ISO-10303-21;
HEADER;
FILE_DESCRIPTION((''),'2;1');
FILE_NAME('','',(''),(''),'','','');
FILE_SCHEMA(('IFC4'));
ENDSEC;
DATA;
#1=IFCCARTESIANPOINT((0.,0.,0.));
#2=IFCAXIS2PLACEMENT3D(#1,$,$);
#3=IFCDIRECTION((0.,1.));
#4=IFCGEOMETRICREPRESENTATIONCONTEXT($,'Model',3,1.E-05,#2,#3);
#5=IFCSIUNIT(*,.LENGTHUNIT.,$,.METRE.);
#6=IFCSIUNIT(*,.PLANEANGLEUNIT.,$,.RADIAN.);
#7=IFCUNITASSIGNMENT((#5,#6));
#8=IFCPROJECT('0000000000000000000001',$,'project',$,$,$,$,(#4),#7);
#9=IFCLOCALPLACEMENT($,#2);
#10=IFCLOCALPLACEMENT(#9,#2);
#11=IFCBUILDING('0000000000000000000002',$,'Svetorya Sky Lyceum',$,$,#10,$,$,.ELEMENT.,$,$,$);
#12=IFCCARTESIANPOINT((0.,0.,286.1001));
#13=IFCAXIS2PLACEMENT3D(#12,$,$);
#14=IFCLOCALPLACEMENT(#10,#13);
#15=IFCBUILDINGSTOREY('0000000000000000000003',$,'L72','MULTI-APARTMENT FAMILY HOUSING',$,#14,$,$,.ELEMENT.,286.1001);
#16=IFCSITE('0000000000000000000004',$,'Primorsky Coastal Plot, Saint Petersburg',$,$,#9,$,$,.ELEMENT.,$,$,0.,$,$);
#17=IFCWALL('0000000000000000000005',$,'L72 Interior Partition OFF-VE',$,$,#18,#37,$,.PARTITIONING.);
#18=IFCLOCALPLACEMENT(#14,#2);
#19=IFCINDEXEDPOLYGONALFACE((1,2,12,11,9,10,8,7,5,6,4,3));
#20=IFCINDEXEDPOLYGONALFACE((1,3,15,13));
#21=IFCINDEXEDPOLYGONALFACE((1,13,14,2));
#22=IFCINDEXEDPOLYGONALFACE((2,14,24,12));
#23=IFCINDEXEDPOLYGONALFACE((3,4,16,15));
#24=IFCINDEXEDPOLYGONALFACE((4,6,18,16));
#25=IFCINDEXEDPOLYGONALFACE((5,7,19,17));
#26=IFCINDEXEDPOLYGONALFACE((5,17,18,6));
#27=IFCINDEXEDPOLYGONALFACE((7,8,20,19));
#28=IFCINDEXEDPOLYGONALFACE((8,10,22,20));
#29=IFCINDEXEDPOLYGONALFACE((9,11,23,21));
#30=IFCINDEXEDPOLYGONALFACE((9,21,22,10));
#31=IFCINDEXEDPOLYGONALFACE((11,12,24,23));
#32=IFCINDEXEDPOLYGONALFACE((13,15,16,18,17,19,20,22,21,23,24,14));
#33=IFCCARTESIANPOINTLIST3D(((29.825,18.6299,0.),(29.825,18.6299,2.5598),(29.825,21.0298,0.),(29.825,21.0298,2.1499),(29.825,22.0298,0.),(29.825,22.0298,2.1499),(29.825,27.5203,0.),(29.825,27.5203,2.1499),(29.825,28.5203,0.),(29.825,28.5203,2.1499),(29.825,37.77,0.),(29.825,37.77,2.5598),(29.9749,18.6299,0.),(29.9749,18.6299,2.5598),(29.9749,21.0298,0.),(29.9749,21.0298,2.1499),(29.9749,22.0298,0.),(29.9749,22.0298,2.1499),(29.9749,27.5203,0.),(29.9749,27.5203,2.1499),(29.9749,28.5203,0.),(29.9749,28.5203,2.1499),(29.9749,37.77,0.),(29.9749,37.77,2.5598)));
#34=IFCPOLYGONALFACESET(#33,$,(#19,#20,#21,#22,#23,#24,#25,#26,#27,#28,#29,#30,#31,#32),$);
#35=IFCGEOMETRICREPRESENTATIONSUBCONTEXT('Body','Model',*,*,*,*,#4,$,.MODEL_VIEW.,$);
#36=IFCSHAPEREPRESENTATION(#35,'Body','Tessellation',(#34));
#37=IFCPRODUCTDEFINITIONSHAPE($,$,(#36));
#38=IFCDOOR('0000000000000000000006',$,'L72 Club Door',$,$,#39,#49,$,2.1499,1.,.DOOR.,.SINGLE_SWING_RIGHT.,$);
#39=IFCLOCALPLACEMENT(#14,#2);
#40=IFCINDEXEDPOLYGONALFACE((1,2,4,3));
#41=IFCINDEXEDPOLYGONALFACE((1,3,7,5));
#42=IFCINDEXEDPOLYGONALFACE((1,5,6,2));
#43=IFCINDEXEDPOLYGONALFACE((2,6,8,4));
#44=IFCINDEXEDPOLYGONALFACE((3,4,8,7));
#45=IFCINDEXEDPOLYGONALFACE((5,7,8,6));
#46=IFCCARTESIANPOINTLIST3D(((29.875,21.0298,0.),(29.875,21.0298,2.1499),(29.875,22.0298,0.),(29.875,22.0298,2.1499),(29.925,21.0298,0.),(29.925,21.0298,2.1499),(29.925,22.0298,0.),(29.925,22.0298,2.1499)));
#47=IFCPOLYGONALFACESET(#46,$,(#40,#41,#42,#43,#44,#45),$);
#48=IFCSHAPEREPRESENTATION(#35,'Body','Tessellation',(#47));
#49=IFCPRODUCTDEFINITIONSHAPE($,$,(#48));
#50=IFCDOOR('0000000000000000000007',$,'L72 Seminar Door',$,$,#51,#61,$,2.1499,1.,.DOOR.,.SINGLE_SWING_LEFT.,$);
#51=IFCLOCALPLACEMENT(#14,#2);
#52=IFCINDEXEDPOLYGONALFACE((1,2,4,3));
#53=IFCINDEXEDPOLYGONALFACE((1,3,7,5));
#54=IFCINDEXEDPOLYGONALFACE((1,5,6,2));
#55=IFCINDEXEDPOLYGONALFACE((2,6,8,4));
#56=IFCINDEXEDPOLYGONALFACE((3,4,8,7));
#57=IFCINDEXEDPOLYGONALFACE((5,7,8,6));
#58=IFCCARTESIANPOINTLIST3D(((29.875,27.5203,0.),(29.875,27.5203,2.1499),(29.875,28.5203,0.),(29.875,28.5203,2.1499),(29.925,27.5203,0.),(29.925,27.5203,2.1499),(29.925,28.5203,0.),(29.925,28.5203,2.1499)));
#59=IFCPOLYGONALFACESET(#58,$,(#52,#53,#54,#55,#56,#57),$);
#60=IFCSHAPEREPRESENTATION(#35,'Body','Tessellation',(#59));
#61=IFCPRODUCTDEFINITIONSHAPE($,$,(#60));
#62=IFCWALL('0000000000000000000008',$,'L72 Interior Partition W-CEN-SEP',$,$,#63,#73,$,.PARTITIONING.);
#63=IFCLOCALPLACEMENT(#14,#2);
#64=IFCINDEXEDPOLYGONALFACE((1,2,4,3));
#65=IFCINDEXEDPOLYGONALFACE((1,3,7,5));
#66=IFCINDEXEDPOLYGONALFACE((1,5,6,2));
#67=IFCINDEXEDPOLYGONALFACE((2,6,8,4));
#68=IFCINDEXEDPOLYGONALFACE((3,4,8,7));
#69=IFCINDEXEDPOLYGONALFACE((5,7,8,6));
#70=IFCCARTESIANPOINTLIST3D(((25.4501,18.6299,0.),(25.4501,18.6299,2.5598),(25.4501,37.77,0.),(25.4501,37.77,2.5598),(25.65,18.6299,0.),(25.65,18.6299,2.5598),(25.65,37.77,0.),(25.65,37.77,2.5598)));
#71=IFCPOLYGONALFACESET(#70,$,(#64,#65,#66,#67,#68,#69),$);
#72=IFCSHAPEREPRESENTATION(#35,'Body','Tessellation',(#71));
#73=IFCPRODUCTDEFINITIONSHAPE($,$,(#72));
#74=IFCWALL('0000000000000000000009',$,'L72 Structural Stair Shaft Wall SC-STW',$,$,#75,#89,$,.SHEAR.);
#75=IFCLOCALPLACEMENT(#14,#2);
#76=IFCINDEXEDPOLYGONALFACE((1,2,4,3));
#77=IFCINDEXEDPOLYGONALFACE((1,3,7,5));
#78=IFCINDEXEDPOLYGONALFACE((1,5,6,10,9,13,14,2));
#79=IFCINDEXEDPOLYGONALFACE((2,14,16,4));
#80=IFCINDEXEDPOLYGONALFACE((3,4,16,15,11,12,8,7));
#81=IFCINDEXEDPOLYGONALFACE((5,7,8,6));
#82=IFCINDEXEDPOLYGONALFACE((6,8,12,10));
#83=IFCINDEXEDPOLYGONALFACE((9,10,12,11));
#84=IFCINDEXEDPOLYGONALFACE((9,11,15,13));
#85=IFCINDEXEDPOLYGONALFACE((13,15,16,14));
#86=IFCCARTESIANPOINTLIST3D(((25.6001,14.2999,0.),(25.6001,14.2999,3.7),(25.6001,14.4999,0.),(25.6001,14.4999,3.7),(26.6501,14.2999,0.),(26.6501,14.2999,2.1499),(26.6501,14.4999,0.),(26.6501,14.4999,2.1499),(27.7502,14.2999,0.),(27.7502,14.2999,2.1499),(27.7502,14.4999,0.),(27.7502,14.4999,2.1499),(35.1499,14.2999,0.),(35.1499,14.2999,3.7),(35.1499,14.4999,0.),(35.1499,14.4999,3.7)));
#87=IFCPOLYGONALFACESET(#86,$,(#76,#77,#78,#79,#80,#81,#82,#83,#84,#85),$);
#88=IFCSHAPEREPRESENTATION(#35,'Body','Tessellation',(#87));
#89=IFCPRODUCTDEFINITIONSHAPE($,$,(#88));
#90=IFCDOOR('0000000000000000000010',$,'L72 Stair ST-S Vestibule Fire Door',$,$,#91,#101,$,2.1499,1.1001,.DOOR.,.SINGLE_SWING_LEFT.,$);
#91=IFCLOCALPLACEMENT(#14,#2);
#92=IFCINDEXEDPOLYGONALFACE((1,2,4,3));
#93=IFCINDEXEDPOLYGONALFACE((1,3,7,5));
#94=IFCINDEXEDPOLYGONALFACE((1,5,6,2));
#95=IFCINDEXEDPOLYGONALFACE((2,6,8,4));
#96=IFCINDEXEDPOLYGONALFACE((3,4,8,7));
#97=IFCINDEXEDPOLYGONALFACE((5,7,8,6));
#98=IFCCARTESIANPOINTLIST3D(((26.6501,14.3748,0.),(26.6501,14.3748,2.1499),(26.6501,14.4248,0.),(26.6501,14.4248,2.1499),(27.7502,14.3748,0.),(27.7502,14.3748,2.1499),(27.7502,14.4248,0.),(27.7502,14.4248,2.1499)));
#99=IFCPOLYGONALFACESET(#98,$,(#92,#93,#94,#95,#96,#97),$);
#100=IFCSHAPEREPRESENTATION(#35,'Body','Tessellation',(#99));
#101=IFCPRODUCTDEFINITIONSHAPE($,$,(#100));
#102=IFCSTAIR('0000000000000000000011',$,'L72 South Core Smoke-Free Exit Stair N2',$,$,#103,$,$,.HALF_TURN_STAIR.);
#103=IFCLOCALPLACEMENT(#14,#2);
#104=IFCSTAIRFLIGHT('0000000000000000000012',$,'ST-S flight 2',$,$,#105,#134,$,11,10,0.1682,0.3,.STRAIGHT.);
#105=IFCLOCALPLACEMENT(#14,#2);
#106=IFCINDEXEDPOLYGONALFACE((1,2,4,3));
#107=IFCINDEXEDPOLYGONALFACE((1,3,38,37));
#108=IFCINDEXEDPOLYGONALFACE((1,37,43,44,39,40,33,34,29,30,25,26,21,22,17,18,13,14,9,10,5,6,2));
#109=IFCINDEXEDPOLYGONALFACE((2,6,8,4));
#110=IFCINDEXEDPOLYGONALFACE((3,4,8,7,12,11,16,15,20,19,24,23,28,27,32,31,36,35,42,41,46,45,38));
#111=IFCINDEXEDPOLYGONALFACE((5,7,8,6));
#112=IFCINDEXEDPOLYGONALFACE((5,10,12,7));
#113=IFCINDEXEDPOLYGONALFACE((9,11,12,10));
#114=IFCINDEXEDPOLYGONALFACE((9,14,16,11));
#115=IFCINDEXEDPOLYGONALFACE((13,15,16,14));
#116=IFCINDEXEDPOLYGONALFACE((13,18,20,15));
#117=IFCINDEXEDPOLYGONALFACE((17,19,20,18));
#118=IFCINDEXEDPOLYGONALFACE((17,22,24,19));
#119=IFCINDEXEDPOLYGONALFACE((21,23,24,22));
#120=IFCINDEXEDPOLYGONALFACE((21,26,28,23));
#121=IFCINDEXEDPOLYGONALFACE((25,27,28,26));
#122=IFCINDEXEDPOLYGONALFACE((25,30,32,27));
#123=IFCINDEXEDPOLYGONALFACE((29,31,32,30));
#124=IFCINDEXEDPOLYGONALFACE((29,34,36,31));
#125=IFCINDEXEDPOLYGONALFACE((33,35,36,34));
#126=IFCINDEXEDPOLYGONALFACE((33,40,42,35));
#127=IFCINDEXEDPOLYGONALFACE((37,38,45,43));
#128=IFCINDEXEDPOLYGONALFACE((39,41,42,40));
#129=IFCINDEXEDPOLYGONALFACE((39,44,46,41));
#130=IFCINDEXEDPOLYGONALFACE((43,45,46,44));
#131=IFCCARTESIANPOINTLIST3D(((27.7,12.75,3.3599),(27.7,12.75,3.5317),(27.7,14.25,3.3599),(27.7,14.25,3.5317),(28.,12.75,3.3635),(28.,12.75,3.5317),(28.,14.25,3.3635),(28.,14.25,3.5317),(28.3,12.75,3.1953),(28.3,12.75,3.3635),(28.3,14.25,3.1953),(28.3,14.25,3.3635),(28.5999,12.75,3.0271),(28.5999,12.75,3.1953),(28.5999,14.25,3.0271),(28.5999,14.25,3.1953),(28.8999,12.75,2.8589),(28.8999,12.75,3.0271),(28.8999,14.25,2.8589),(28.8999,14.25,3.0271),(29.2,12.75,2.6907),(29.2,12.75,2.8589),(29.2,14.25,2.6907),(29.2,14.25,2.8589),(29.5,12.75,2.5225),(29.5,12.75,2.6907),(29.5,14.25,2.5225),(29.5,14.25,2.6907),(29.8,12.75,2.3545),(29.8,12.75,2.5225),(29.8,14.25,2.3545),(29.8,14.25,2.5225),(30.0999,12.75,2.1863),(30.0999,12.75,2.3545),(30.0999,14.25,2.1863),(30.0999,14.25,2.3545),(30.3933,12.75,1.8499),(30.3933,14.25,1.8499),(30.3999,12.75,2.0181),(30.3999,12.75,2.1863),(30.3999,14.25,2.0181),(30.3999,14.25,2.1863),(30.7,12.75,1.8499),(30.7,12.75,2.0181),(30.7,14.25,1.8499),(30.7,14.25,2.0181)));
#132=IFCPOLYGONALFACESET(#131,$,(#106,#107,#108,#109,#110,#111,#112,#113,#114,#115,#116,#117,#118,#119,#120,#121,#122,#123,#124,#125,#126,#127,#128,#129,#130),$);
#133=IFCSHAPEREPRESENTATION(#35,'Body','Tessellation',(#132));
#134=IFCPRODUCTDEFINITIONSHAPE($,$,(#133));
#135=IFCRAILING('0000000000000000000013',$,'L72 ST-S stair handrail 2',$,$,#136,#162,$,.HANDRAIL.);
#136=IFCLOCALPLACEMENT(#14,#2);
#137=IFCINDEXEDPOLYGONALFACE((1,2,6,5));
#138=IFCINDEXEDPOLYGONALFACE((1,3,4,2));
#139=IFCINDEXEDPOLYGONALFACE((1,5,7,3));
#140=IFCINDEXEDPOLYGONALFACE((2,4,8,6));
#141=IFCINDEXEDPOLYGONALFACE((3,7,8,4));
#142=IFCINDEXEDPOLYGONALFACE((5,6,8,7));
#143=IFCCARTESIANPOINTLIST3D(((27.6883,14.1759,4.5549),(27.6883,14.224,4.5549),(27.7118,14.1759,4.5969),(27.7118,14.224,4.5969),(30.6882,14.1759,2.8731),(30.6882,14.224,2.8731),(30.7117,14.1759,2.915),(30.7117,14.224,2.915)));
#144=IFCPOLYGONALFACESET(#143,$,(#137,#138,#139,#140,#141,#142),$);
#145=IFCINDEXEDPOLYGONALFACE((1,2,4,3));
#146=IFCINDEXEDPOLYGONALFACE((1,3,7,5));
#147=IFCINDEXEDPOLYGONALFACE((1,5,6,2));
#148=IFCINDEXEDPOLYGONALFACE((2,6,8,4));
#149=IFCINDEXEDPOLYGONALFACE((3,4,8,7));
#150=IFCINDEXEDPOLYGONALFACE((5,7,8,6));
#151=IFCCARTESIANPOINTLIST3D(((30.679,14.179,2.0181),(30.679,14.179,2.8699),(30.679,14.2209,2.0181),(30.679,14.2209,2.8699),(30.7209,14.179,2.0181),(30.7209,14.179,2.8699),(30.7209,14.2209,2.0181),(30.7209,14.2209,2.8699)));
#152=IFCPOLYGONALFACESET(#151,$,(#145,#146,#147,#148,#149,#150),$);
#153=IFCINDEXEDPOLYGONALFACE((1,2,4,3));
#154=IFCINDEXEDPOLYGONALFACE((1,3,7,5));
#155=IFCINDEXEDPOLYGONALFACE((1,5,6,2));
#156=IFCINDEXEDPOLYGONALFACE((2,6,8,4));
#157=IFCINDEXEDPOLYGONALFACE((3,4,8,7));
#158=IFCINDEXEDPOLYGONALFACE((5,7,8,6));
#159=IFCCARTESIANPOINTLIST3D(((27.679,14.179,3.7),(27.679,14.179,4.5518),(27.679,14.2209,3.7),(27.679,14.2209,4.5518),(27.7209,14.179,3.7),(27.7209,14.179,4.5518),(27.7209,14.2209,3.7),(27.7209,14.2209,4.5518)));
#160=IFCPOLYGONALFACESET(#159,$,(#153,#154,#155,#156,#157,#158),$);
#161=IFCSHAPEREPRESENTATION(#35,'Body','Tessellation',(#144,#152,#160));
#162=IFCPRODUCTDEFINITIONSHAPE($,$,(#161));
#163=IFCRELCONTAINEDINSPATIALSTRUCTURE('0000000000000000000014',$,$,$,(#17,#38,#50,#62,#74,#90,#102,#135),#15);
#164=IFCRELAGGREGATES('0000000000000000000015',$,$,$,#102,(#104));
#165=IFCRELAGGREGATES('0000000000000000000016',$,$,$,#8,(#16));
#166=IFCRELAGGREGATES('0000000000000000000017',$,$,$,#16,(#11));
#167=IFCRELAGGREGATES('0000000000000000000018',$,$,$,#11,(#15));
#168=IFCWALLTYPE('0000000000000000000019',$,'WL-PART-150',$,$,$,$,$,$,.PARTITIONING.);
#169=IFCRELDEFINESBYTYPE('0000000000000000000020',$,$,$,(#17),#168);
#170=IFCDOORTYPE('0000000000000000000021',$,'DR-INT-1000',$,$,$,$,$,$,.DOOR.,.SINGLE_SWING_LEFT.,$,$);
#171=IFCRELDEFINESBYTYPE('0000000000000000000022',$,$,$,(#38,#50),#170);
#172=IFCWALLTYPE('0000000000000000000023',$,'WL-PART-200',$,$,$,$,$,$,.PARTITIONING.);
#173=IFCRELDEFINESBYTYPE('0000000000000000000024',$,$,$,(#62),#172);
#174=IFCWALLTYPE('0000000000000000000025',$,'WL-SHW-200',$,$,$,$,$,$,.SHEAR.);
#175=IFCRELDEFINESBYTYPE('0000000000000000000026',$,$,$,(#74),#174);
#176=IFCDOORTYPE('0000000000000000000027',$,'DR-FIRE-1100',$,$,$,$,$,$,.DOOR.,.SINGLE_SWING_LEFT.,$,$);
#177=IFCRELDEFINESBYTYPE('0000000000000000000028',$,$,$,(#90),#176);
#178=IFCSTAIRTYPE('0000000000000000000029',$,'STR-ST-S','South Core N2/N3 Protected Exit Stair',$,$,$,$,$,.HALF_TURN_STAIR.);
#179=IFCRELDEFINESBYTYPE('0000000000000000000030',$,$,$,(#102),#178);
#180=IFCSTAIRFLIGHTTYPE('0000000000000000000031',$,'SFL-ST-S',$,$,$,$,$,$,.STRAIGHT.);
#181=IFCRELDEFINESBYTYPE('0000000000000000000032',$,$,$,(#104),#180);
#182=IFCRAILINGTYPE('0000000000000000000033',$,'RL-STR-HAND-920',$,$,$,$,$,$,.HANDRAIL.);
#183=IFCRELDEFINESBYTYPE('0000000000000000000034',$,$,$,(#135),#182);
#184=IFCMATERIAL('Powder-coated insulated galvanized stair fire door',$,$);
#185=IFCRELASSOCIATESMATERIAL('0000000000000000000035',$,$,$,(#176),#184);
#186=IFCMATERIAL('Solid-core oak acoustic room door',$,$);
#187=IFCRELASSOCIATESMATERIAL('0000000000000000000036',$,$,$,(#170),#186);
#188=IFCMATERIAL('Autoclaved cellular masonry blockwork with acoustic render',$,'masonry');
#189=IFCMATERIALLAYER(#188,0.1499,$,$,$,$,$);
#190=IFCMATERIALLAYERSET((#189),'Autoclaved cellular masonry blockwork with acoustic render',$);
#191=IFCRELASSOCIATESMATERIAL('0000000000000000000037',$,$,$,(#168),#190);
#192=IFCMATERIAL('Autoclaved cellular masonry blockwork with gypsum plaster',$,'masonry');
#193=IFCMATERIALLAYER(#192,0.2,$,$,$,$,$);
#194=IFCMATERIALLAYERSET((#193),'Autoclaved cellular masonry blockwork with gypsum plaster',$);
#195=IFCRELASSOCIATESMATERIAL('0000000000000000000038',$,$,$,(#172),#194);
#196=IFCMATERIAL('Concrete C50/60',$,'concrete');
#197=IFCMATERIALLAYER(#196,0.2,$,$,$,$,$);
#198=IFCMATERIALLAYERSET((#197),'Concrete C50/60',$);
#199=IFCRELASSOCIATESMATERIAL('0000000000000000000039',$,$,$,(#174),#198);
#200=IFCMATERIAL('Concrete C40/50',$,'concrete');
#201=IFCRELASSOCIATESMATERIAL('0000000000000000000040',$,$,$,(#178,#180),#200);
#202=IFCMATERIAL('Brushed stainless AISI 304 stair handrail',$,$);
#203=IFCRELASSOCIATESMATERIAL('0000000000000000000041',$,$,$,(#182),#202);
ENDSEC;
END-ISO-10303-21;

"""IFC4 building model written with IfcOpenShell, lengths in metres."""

from ifc_helpers import new_model, si_unit, direction, frame, frame_2d, origin, origin_2d, place, context, subcontext, project, spatial, polyline, rectangle, outline, extrude, material, layer, layer_set, type_object, element, fill, aggregate, save


model = new_model("IFC4")

# Units and contexts
model_context = context("Model", 3, precision=1e-05, world=origin(), true_north=direction((0.0, 1.0)))
body_context = subcontext(model_context, "Body", "Model", "MODEL_VIEW")
ifc_project = project(units=[si_unit("LENGTHUNIT", "METRE"), si_unit("PLANEANGLEUNIT", "RADIAN")], contexts=[model_context])

# Site, building, storey
site_placement = place(None, origin())
site = spatial("IfcSite", under=ifc_project, at=site_placement, Name="Primorsky Coastal Plot, Saint Petersburg", CompositionType="ELEMENT", RefElevation=0.0)
building_placement = place(site_placement, origin())
building = spatial("IfcBuilding", under=site, at=building_placement, Name="Svetorya Sky Lyceum", CompositionType="ELEMENT")
storey_placement = place(building_placement, frame((0.0, 0.0, 286.1001)))
storey = spatial("IfcBuildingStorey", under=building, at=storey_placement, Name="L72", Description="MULTI-APARTMENT FAMILY HOUSING", CompositionType="ELEMENT", Elevation=286.1001)

# Shared definitions
ifc_material_1 = material(Name="Concrete C40/50", Category="concrete")

# Shared definitions
ifc_material_2 = material(Name="Concrete C50/60", Category="concrete")
ifc_material_3 = material(Name="Powder-coated insulated galvanized stair fire door")
door_type_1 = type_object("IfcDoorType", Name="DR-FIRE-1100", OperationType="SINGLE_SWING_LEFT", PredefinedType="DOOR", material=ifc_material_3)
ifc_material_4 = material(Name="Solid-core oak acoustic room door")
door_type_2 = type_object("IfcDoorType", Name="DR-INT-1000", OperationType="SINGLE_SWING_LEFT", PredefinedType="DOOR", material=ifc_material_4)

# Shared definitions
ifc_material_5 = material(Name="Autoclaved cellular masonry blockwork with acoustic render", Category="masonry")
ifc_layer_1 = layer(ifc_material_5, 0.1499)
ifc_layer_set_1 = layer_set([ifc_layer_1], Name="Autoclaved cellular masonry blockwork with acoustic render")
wall_type_1 = type_object("IfcWallType", Name="WL-PART-150", PredefinedType="PARTITIONING", material=ifc_layer_set_1)

# Wall, openings, doors
wall_1_placement = place(storey_placement, frame((29.8999, 18.6299, 0.0), z_axis=(0.0, 0.0, 1.0), x_axis=(0.0, 1.0, 0.0)))
wall_1 = element("IfcWall", 1, at=wall_1_placement, inside=storey, type_object=wall_type_1, Name="L72 Interior Partition OFF-VE", PredefinedType="PARTITIONING", context=body_context, shape_type="SweptSolid", body=[
    extrude(rectangle(XDim=19.1401, YDim=0.1499, at=frame_2d((9.5701, 0.0))), origin(), (0.0, 0.0, 1.0), 2.5598),
])
opening_1_placement = place(wall_1_placement, frame((2.3999, 0.0, 0.0)))
opening_1 = element("IfcOpeningElement", 2, at=opening_1_placement, cuts=wall_1, PredefinedType="OPENING", context=body_context, shape_type="SweptSolid", body=[
    extrude(rectangle(XDim=1.0, YDim=2.1499, at=frame_2d((0.5, 1.075))), frame((0.0, 0.085, 0.0), z_axis=(0.0, -1.0, 0.0), x_axis=(1.0, 0.0, 0.0)), (0.0, 0.0, 1.0), 0.1699),
])
opening_2_placement = place(wall_1_placement, frame((8.8904, 0.0, 0.0)))
opening_2 = element("IfcOpeningElement", 3, at=opening_2_placement, cuts=wall_1, PredefinedType="OPENING", context=body_context, shape_type="SweptSolid", body=[
    extrude(rectangle(XDim=1.0, YDim=2.1499, at=frame_2d((0.5, 1.075))), frame((0.0, 0.085, 0.0), z_axis=(0.0, -1.0, 0.0), x_axis=(1.0, 0.0, 0.0)), (0.0, 0.0, 1.0), 0.1699),
])
door_1_placement = place(opening_1_placement, origin())
door_1 = element("IfcDoor", 4, at=door_1_placement, inside=storey, type_object=door_type_2, Name="L72 Club Door", OperationType="SINGLE_SWING_RIGHT", OverallHeight=2.1499, OverallWidth=1.0, PredefinedType="DOOR", context=body_context, shape_type="SweptSolid", body=[
    extrude(rectangle(XDim=1.0, YDim=2.1499, at=frame_2d((0.5, 1.075))), frame((0.0, 0.0249, 0.0), z_axis=(0.0, -1.0, 0.0), x_axis=(1.0, 0.0, 0.0)), (0.0, 0.0, 1.0), 0.05),
])
fill(opening_1, door_1)
door_2_placement = place(opening_2_placement, origin())
door_2 = element("IfcDoor", 5, at=door_2_placement, inside=storey, type_object=door_type_2, Name="L72 Seminar Door", OperationType="SINGLE_SWING_LEFT", OverallHeight=2.1499, OverallWidth=1.0, PredefinedType="DOOR", context=body_context, shape_type="SweptSolid", body=[
    extrude(rectangle(XDim=1.0, YDim=2.1499, at=frame_2d((0.5, 1.075))), frame((0.0, 0.0249, 0.0), z_axis=(0.0, -1.0, 0.0), x_axis=(1.0, 0.0, 0.0)), (0.0, 0.0, 1.0), 0.05),
])
fill(opening_2, door_2)

# Wall
ifc_material_6 = material(Name="Autoclaved cellular masonry blockwork with gypsum plaster", Category="masonry")
ifc_layer_2 = layer(ifc_material_6, 0.2)
ifc_layer_set_2 = layer_set([ifc_layer_2], Name="Autoclaved cellular masonry blockwork with gypsum plaster")
wall_type_2 = type_object("IfcWallType", Name="WL-PART-200", PredefinedType="PARTITIONING", material=ifc_layer_set_2)
wall_2_placement = place(storey_placement, frame((25.55, 18.6299, 0.0), z_axis=(0.0, 0.0, 1.0), x_axis=(0.0, 1.0, 0.0)))
element("IfcWall", 6, at=wall_2_placement, inside=storey, type_object=wall_type_2, Name="L72 Interior Partition W-CEN-SEP", PredefinedType="PARTITIONING", context=body_context, shape_type="SweptSolid", body=[
    extrude(rectangle(XDim=19.1401, YDim=0.2, at=frame_2d((9.5701, 0.0))), origin(), (0.0, 0.0, 1.0), 2.5598),
])

# Wall, opening, door
ifc_layer_3 = layer(ifc_material_2, 0.2)
ifc_layer_set_3 = layer_set([ifc_layer_3], Name="Concrete C50/60")
wall_type_3 = type_object("IfcWallType", Name="WL-SHW-200", PredefinedType="SHEAR", material=ifc_layer_set_3)
wall_3_placement = place(storey_placement, frame((25.6001, 14.3999, 0.0), z_axis=(0.0, 0.0, 1.0), x_axis=(1.0, 0.0, 0.0)))
wall_3 = element("IfcWall", 7, at=wall_3_placement, inside=storey, type_object=wall_type_3, Name="L72 Structural Stair Shaft Wall SC-STW", PredefinedType="SHEAR", context=body_context, shape_type="SweptSolid", body=[
    extrude(rectangle(XDim=9.5498, YDim=0.2, at=frame_2d((4.7749, 0.0))), origin(), (0.0, 0.0, 1.0), 3.7),
])
opening_3_placement = place(wall_3_placement, frame((1.05, 0.0, 0.0)))
opening_3 = element("IfcOpeningElement", 8, at=opening_3_placement, cuts=wall_3, PredefinedType="OPENING", context=body_context, shape_type="SweptSolid", body=[
    extrude(rectangle(XDim=1.1001, YDim=2.1499, at=frame_2d((0.55, 1.075))), frame((0.0, 0.1099, 0.0), z_axis=(0.0, -1.0, 0.0), x_axis=(1.0, 0.0, 0.0)), (0.0, 0.0, 1.0), 0.22),
])
door_3_placement = place(opening_3_placement, origin())
door_3 = element("IfcDoor", 9, at=door_3_placement, inside=storey, type_object=door_type_1, Name="L72 Stair ST-S Vestibule Fire Door", OperationType="SINGLE_SWING_LEFT", OverallHeight=2.1499, OverallWidth=1.1001, PredefinedType="DOOR", context=body_context, shape_type="SweptSolid", body=[
    extrude(rectangle(XDim=1.1001, YDim=2.1499, at=frame_2d((0.55, 1.075))), frame((0.0, 0.0249, 0.0), z_axis=(0.0, -1.0, 0.0), x_axis=(1.0, 0.0, 0.0)), (0.0, 0.0, 1.0), 0.05),
])
fill(opening_3, door_3)

# Stair, stair flight
stair_type = type_object("IfcStairType", Name="STR-ST-S", Description="South Core N2/N3 Protected Exit Stair", PredefinedType="HALF_TURN_STAIR", material=ifc_material_1)
stair_placement = place(storey_placement, origin())
stair = element("IfcStair", 10, at=stair_placement, inside=storey, type_object=stair_type, Name="L72 South Core Smoke-Free Exit Stair N2", PredefinedType="HALF_TURN_STAIR")
stair_flight_type = type_object("IfcStairFlightType", Name="SFL-ST-S", PredefinedType="STRAIGHT", material=ifc_material_1)
stair_flight_placement = place(storey_placement, frame((30.7, 13.5, 1.8499), z_axis=(0.0, 0.0, 1.0), x_axis=(-1.0, 0.0, 0.0)))
stair_flight = element("IfcStairFlight", 11, at=stair_flight_placement, type_object=stair_flight_type, Name="ST-S flight 2", NumberOfRisers=11, NumberOfTreads=10, PredefinedType="STRAIGHT", RiserHeight=0.1682, TreadLength=0.3, context=body_context, shape_type="SweptSolid", body=[
    extrude(outline(polyline([(0.0, 0.0), (0.0, 0.1682), (0.3, 0.1682), (0.3, 0.3364), (0.6001, 0.3364), (0.6001, 0.5046), (0.8999, 0.5046), (0.8999, 0.6726), (1.2, 0.6726), (1.2, 0.8408), (1.5, 0.8408), (1.5, 1.009), (1.8, 1.009), (1.8, 1.1772), (2.1001, 1.1772), (2.1001, 1.3455), (2.3999, 1.3455), (2.3999, 1.5137), (2.7, 1.5137), (2.7, 1.6819), (3.0, 1.6819), (3.0, 1.8501), (3.0, 1.51), (0.3066, 0.0), (0.0, 0.0)])), frame((0.0, 0.75, 0.0), z_axis=(0.0, -1.0, 0.0), x_axis=(1.0, 0.0, 0.0)), (0.0, 0.0, 1.0), 1.5),
])
aggregate(stair, [stair_flight])

# Railing
ifc_material_7 = material(Name="Brushed stainless AISI 304 stair handrail")
railing_type = type_object("IfcRailingType", Name="RL-STR-HAND-920", PredefinedType="HANDRAIL", material=ifc_material_7)
railing_placement = place(storey_placement, frame((30.7, 14.2, 2.0181)))
element("IfcRailing", 12, at=railing_placement, inside=storey, type_object=railing_type, Name="L72 ST-S stair handrail 2", PredefinedType="HANDRAIL", context=body_context, shape_type="SweptSolid", body=[
    extrude(rectangle(XDim=0.0481, YDim=0.0481, at=origin_2d()), frame((0.0, 0.0, 0.876), z_axis=(-0.872272, 0.0, 0.48902), x_axis=(0.0, -1.0, 0.0)), (0.0, 0.0, 1.0), 3.4392),
    extrude(rectangle(XDim=0.042, YDim=0.042, at=origin_2d()), origin(), (0.0, 0.0, 1.0), 0.8518),
    extrude(rectangle(XDim=0.042, YDim=0.042, at=origin_2d()), frame((-3.0, 0.0, 1.6819)), (0.0, 0.0, 1.0), 0.8518),
])

save(model, "model.ifc")
